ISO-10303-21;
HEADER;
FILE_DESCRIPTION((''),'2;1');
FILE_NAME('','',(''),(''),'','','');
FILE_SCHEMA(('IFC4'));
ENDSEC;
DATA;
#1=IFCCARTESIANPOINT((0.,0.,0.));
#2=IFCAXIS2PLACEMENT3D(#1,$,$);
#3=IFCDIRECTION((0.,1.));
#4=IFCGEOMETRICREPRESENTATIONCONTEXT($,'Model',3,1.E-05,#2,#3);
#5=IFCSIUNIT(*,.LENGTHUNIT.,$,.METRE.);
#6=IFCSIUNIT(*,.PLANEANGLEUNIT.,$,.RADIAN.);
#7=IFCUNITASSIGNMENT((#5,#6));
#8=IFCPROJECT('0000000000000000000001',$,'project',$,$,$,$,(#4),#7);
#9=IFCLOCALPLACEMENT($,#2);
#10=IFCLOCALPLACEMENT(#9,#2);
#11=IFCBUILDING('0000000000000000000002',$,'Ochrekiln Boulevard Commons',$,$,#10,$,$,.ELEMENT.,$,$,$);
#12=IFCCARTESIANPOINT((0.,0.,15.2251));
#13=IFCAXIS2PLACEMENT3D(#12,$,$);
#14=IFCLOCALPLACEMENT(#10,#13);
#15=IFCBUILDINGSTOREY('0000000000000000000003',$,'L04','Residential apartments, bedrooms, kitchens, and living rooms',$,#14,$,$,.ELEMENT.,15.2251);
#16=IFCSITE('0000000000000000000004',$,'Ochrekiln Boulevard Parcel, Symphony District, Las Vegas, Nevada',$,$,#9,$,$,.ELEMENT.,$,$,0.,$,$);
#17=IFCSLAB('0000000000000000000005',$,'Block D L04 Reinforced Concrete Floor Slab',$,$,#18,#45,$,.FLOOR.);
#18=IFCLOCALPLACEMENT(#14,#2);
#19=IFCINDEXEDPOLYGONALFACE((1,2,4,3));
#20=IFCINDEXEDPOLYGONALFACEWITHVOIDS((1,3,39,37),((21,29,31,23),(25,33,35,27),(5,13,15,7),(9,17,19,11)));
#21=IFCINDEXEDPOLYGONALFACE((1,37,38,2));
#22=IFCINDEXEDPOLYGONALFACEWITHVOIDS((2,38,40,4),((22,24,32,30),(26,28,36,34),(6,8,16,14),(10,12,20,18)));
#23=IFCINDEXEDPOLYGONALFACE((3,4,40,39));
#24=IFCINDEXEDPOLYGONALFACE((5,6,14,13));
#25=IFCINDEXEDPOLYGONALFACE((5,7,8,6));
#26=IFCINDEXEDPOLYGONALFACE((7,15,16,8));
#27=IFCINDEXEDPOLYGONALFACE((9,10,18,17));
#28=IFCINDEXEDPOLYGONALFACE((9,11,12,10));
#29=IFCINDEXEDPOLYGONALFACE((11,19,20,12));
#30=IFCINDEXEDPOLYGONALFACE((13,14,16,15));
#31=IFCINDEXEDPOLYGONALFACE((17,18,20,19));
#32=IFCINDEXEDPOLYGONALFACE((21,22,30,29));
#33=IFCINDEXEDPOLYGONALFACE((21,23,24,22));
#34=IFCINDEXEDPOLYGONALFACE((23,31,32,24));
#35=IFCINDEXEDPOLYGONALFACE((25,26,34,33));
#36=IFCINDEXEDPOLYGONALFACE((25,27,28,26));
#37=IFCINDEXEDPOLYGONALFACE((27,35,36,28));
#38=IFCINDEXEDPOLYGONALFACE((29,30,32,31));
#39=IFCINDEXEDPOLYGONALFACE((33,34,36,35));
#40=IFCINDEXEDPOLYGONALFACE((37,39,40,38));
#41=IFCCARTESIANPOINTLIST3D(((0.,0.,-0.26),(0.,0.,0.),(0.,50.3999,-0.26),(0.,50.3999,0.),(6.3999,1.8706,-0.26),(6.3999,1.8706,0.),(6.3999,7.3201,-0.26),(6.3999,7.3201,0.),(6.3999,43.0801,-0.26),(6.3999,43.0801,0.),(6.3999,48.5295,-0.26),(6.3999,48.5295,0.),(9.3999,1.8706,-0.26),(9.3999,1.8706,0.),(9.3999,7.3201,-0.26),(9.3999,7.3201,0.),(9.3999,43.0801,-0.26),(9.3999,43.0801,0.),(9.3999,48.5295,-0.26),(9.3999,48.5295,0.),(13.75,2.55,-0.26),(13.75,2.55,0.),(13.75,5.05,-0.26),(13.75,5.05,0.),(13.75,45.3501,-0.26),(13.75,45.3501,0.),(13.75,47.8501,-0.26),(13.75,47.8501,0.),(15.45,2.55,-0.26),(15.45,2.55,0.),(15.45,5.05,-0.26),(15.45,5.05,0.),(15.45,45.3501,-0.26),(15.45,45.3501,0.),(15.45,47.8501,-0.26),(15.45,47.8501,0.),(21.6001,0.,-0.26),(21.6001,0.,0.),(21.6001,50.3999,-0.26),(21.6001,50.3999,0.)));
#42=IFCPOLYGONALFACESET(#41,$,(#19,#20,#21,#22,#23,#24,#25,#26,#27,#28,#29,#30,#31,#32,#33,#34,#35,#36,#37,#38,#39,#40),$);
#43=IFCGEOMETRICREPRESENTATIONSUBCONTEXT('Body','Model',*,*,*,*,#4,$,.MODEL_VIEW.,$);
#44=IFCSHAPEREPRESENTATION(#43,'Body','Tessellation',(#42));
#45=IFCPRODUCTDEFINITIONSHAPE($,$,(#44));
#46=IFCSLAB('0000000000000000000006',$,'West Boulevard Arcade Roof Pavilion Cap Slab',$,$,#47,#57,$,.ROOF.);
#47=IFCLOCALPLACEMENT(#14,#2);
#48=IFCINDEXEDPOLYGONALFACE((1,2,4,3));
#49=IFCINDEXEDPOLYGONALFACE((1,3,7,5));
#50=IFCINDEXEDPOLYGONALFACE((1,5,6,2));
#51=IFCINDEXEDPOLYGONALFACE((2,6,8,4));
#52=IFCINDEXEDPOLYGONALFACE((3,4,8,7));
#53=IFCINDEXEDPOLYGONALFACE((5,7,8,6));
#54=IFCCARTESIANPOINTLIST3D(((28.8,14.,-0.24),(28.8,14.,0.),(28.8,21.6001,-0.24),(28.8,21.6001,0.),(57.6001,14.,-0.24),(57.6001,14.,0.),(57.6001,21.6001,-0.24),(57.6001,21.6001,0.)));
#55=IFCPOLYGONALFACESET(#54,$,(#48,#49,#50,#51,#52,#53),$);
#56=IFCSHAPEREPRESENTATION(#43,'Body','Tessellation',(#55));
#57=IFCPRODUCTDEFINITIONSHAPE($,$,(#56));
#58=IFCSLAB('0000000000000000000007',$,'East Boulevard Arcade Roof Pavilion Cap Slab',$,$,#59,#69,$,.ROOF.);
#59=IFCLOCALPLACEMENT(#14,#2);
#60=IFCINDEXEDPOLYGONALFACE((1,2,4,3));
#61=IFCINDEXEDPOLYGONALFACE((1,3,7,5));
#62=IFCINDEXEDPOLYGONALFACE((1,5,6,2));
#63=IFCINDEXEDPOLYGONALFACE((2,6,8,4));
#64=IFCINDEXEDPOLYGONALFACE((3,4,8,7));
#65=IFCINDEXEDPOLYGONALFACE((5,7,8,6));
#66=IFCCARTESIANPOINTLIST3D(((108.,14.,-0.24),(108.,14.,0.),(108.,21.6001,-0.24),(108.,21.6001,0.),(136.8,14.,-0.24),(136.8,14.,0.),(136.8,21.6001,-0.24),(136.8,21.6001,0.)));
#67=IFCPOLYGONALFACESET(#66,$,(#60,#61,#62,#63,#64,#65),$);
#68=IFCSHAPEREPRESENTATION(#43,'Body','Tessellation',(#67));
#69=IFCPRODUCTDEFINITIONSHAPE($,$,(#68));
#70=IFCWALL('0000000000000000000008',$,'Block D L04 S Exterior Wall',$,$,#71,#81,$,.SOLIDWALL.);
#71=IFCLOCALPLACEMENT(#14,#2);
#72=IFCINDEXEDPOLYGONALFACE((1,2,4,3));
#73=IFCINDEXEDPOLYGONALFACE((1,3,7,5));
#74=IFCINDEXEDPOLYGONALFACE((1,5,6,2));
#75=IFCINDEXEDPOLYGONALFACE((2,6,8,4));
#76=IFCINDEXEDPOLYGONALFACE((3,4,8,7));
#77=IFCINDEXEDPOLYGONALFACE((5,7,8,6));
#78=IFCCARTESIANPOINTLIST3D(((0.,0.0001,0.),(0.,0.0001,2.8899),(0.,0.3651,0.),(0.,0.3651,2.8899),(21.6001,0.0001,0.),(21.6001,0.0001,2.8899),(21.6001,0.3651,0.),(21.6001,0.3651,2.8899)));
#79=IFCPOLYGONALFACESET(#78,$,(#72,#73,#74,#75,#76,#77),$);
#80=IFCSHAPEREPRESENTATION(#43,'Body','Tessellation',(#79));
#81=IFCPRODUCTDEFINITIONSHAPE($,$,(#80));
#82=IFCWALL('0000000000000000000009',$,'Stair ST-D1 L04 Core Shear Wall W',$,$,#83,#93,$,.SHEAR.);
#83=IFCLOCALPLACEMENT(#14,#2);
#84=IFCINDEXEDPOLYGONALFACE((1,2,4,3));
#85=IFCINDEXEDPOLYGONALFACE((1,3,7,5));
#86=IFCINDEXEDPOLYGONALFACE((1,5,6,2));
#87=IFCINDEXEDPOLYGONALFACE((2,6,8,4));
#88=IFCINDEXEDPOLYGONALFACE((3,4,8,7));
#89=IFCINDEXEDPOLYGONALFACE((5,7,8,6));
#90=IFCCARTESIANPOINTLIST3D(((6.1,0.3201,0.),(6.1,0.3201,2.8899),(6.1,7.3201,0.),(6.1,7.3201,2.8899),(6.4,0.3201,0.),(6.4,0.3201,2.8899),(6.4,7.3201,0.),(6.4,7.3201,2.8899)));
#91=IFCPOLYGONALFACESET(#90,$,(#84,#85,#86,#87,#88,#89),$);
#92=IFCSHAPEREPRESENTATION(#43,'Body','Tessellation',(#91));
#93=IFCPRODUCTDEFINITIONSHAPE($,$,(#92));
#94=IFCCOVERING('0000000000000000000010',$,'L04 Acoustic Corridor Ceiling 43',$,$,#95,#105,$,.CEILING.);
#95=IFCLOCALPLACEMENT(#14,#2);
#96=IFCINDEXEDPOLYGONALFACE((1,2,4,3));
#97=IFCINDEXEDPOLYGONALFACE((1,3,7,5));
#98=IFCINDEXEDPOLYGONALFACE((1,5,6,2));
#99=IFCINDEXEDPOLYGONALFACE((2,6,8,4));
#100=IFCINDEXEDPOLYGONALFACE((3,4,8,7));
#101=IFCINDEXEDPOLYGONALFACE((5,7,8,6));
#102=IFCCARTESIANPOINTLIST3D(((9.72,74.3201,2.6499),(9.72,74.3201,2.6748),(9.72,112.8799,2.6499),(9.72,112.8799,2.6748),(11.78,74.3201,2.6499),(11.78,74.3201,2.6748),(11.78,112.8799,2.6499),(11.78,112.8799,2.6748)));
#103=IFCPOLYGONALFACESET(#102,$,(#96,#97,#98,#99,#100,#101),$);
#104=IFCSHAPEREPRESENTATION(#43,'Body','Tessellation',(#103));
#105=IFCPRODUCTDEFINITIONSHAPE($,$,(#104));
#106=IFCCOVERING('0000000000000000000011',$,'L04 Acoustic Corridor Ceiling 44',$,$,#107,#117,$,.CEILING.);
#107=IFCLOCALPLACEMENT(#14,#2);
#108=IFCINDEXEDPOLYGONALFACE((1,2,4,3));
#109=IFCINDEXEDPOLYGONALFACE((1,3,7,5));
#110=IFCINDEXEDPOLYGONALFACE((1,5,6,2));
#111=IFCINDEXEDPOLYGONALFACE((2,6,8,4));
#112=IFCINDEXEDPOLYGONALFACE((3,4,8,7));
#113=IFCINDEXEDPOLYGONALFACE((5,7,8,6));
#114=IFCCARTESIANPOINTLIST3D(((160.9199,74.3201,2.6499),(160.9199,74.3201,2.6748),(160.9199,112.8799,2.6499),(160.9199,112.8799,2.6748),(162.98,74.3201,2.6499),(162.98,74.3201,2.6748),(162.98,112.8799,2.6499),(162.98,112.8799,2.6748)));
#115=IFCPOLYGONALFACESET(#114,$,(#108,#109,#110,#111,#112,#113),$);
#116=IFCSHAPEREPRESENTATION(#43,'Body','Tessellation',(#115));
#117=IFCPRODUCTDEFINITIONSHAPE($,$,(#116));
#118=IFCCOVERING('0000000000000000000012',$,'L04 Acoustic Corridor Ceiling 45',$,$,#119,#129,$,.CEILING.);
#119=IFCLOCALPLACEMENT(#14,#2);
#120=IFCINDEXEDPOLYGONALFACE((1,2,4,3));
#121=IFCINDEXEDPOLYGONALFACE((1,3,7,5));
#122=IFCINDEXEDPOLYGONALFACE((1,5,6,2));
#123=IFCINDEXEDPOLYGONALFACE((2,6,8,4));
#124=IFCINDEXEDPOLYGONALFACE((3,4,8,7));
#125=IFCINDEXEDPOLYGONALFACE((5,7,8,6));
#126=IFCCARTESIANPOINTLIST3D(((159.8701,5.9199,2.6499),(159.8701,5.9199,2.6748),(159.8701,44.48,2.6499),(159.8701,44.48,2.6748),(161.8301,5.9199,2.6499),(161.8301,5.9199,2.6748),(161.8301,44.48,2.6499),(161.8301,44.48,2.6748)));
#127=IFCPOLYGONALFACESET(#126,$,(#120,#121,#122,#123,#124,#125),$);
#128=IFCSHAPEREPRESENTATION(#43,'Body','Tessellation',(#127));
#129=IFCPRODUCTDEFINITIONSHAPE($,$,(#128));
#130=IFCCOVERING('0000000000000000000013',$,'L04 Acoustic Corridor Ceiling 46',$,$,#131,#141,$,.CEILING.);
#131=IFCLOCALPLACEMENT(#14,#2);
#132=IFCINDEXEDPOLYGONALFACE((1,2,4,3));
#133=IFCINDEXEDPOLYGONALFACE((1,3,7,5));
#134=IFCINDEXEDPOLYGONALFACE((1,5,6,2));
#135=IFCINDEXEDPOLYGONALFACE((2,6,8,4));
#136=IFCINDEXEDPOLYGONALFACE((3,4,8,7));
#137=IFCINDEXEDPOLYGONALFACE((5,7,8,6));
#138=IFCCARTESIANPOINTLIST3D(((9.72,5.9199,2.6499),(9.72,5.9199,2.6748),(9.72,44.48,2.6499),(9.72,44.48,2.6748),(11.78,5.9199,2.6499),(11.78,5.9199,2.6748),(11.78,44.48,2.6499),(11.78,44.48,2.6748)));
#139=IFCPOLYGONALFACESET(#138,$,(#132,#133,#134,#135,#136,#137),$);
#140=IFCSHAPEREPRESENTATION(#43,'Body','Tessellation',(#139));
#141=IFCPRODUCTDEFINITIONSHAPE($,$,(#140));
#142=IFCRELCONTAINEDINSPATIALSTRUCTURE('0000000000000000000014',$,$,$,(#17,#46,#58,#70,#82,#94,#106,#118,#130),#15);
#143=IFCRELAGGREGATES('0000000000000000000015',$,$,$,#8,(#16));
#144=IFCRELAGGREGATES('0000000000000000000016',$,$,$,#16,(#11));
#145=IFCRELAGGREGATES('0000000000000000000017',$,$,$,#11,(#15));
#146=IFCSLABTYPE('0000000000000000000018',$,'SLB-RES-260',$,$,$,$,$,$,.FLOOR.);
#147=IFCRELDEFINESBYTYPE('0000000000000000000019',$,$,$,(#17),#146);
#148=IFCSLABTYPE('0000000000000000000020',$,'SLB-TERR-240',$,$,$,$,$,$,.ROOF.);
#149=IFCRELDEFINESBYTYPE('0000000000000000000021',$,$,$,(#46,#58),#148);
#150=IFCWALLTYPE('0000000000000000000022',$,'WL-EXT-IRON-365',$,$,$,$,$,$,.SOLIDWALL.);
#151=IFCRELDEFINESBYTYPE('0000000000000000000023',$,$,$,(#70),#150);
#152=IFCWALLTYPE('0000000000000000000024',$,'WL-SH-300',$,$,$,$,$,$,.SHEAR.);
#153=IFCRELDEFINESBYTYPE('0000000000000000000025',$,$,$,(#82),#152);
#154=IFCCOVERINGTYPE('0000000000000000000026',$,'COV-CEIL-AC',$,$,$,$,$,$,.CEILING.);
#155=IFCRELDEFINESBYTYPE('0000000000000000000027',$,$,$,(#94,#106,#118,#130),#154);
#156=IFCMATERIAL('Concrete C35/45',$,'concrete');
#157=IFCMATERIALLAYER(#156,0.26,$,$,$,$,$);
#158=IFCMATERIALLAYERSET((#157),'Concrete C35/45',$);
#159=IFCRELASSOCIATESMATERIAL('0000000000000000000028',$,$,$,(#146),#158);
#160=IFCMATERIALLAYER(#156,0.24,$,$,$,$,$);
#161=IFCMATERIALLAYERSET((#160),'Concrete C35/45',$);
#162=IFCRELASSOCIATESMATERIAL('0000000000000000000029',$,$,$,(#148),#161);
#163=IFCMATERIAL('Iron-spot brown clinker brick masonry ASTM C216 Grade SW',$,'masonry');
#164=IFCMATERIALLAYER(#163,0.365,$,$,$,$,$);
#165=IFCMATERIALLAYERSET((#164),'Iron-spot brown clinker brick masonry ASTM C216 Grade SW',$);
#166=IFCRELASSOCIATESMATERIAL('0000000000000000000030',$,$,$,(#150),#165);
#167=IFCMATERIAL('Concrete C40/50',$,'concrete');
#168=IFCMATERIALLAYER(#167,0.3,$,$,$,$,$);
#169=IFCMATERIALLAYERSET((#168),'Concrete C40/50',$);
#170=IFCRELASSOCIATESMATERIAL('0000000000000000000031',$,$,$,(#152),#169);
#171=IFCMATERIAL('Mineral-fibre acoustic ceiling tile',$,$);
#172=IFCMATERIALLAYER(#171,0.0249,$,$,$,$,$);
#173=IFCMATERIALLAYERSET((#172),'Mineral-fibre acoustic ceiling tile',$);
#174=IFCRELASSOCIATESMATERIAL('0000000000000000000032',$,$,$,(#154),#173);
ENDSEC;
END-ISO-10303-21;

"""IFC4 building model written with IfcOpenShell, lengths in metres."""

from ifc_helpers import new_model, si_unit, direction, frame, frame_2d, origin, place, context, subcontext, project, spatial, polyline, rectangle, outline, extrude, material, layer, layer_set, type_object, element, save


model = new_model("IFC4")

# Units and contexts
model_context = context("Model", 3, precision=1e-05, world=origin(), true_north=direction((0.0, 1.0)))
body_context = subcontext(model_context, "Body", "Model", "MODEL_VIEW")
ifc_project = project(units=[si_unit("LENGTHUNIT", "METRE"), si_unit("PLANEANGLEUNIT", "RADIAN")], contexts=[model_context])

# Site, building, storey
site_placement = place(None, origin())
site = spatial("IfcSite", under=ifc_project, at=site_placement, Name="Ochrekiln Boulevard Parcel, Symphony District, Las Vegas, Nevada", CompositionType="ELEMENT", RefElevation=0.0)
building_placement = place(site_placement, origin())
building = spatial("IfcBuilding", under=site, at=building_placement, Name="Ochrekiln Boulevard Commons", CompositionType="ELEMENT")
storey_placement = place(building_placement, frame((0.0, 0.0, 15.2251)))
storey = spatial("IfcBuildingStorey", under=building, at=storey_placement, Name="L04", Description="Residential apartments, bedrooms, kitchens, and living rooms", CompositionType="ELEMENT", Elevation=15.2251)

# Shared definitions
ifc_material_1 = material(Name="Concrete C40/50", Category="concrete")

# Shared definitions
ifc_material_2 = material(Name="Concrete C35/45", Category="concrete")

# Slabs
ifc_layer_1 = layer(ifc_material_2, 0.26)
ifc_layer_set_1 = layer_set([ifc_layer_1], Name="Concrete C35/45")
slab_type_1 = type_object("IfcSlabType", Name="SLB-RES-260", PredefinedType="FLOOR", material=ifc_layer_set_1)
slab_1_placement = place(storey_placement, frame((0.0, 0.0, -0.26)))
element("IfcSlab", 1, at=slab_1_placement, inside=storey, type_object=slab_type_1, Name="Block D L04 Reinforced Concrete Floor Slab", PredefinedType="FLOOR", context=body_context, shape_type="SweptSolid", body=[
    extrude(outline(polyline([(0.0, 0.0), (21.6001, 0.0), (21.6001, 50.3999), (0.0, 50.3999), (0.0, 0.0)]), holes=[polyline([(9.3999, 1.8706), (9.3999, 7.3201), (6.3999, 7.3201), (6.3999, 1.8706), (9.3999, 1.8706)]), polyline([(6.3999, 48.5295), (6.3999, 43.0801), (9.3999, 43.0801), (9.3999, 48.5295), (6.3999, 48.5295)]), polyline([(13.75, 2.55), (15.45, 2.55), (15.45, 5.05), (13.75, 5.05), (13.75, 2.55)]), polyline([(13.75, 45.3501), (15.45, 45.3501), (15.45, 47.8501), (13.75, 47.8501), (13.75, 45.3501)])]), origin(), (0.0, 0.0, 1.0), 0.26),
])
ifc_layer_2 = layer(ifc_material_2, 0.24)
ifc_layer_set_2 = layer_set([ifc_layer_2], Name="Concrete C35/45")
slab_type_2 = type_object("IfcSlabType", Name="SLB-TERR-240", PredefinedType="ROOF", material=ifc_layer_set_2)
slab_2_placement = place(storey_placement, frame((0.0, 0.0, -0.24)))
element("IfcSlab", 2, at=slab_2_placement, inside=storey, type_object=slab_type_2, Name="West Boulevard Arcade Roof Pavilion Cap Slab", PredefinedType="ROOF", context=body_context, shape_type="SweptSolid", body=[
    extrude(outline(polyline([(28.8, 14.0), (57.6001, 14.0), (57.6001, 21.6001), (28.8, 21.6001), (28.8, 14.0)])), origin(), (0.0, 0.0, 1.0), 0.24),
])
slab_3_placement = place(storey_placement, frame((0.0, 0.0, -0.24)))
element("IfcSlab", 3, at=slab_3_placement, inside=storey, type_object=slab_type_2, Name="East Boulevard Arcade Roof Pavilion Cap Slab", PredefinedType="ROOF", context=body_context, shape_type="SweptSolid", body=[
    extrude(outline(polyline([(108.0, 14.0), (136.8, 14.0), (136.8, 21.6001), (108.0, 21.6001), (108.0, 14.0)])), origin(), (0.0, 0.0, 1.0), 0.24),
])

# Walls
ifc_material_3 = material(Name="Iron-spot brown clinker brick masonry ASTM C216 Grade SW", Category="masonry")
ifc_layer_3 = layer(ifc_material_3, 0.365)
ifc_layer_set_3 = layer_set([ifc_layer_3], Name="Iron-spot brown clinker brick masonry ASTM C216 Grade SW")
wall_type_1 = type_object("IfcWallType", Name="WL-EXT-IRON-365", PredefinedType="SOLIDWALL", material=ifc_layer_set_3)
wall_1_placement = place(storey_placement, frame((0.0, 0.1826, 0.0), z_axis=(0.0, 0.0, 1.0), x_axis=(1.0, 0.0, 0.0)))
element("IfcWall", 4, at=wall_1_placement, inside=storey, type_object=wall_type_1, Name="Block D L04 S Exterior Wall", PredefinedType="SOLIDWALL", context=body_context, shape_type="SweptSolid", body=[
    extrude(rectangle(XDim=21.6001, YDim=0.365, at=frame_2d((10.8, 0.0))), origin(), (0.0, 0.0, 1.0), 2.8899),
])
ifc_layer_4 = layer(ifc_material_1, 0.3)
ifc_layer_set_4 = layer_set([ifc_layer_4], Name="Concrete C40/50")
wall_type_2 = type_object("IfcWallType", Name="WL-SH-300", PredefinedType="SHEAR", material=ifc_layer_set_4)
wall_2_placement = place(storey_placement, frame((6.25, 0.3201, 0.0), z_axis=(0.0, 0.0, 1.0), x_axis=(0.0, 1.0, 0.0)))
element("IfcWall", 5, at=wall_2_placement, inside=storey, type_object=wall_type_2, Name="Stair ST-D1 L04 Core Shear Wall W", PredefinedType="SHEAR", context=body_context, shape_type="SweptSolid", body=[
    extrude(rectangle(XDim=7.0, YDim=0.3, at=frame_2d((3.5, 0.0))), origin(), (0.0, 0.0, 1.0), 2.8899),
])

# Coverings
ifc_material_4 = material(Name="Mineral-fibre acoustic ceiling tile")
ifc_layer_5 = layer(ifc_material_4, 0.0249)
ifc_layer_set_5 = layer_set([ifc_layer_5], Name="Mineral-fibre acoustic ceiling tile")
covering_type = type_object("IfcCoveringType", Name="COV-CEIL-AC", PredefinedType="CEILING", material=ifc_layer_set_5)
covering_1_placement = place(storey_placement, frame((0.0, 0.0, 2.6499)))
element("IfcCovering", 6, at=covering_1_placement, inside=storey, type_object=covering_type, Name="L04 Acoustic Corridor Ceiling 43", PredefinedType="CEILING", context=body_context, shape_type="SweptSolid", body=[
    extrude(outline(polyline([(9.72, 74.3201), (11.78, 74.3201), (11.78, 112.8799), (9.72, 112.8799), (9.72, 74.3201)])), origin(), (0.0, 0.0, 1.0), 0.0249),
])
covering_2_placement = place(storey_placement, frame((0.0, 0.0, 2.6499)))
element("IfcCovering", 7, at=covering_2_placement, inside=storey, type_object=covering_type, Name="L04 Acoustic Corridor Ceiling 44", PredefinedType="CEILING", context=body_context, shape_type="SweptSolid", body=[
    extrude(outline(polyline([(160.9199, 74.3201), (162.98, 74.3201), (162.98, 112.8799), (160.9199, 112.8799), (160.9199, 74.3201)])), origin(), (0.0, 0.0, 1.0), 0.0249),
])
covering_3_placement = place(storey_placement, frame((0.0, 0.0, 2.6499)))
element("IfcCovering", 8, at=covering_3_placement, inside=storey, type_object=covering_type, Name="L04 Acoustic Corridor Ceiling 45", PredefinedType="CEILING", context=body_context, shape_type="SweptSolid", body=[
    extrude(outline(polyline([(159.8701, 5.9199), (161.8301, 5.9199), (161.8301, 44.48), (159.8701, 44.48), (159.8701, 5.9199)])), origin(), (0.0, 0.0, 1.0), 0.0249),
])
covering_4_placement = place(storey_placement, frame((0.0, 0.0, 2.6499)))
element("IfcCovering", 9, at=covering_4_placement, inside=storey, type_object=covering_type, Name="L04 Acoustic Corridor Ceiling 46", PredefinedType="CEILING", context=body_context, shape_type="SweptSolid", body=[
    extrude(outline(polyline([(9.72, 5.9199), (11.78, 5.9199), (11.78, 44.48), (9.72, 44.48), (9.72, 5.9199)])), origin(), (0.0, 0.0, 1.0), 0.0249),
])

save(model, "model.ifc")
